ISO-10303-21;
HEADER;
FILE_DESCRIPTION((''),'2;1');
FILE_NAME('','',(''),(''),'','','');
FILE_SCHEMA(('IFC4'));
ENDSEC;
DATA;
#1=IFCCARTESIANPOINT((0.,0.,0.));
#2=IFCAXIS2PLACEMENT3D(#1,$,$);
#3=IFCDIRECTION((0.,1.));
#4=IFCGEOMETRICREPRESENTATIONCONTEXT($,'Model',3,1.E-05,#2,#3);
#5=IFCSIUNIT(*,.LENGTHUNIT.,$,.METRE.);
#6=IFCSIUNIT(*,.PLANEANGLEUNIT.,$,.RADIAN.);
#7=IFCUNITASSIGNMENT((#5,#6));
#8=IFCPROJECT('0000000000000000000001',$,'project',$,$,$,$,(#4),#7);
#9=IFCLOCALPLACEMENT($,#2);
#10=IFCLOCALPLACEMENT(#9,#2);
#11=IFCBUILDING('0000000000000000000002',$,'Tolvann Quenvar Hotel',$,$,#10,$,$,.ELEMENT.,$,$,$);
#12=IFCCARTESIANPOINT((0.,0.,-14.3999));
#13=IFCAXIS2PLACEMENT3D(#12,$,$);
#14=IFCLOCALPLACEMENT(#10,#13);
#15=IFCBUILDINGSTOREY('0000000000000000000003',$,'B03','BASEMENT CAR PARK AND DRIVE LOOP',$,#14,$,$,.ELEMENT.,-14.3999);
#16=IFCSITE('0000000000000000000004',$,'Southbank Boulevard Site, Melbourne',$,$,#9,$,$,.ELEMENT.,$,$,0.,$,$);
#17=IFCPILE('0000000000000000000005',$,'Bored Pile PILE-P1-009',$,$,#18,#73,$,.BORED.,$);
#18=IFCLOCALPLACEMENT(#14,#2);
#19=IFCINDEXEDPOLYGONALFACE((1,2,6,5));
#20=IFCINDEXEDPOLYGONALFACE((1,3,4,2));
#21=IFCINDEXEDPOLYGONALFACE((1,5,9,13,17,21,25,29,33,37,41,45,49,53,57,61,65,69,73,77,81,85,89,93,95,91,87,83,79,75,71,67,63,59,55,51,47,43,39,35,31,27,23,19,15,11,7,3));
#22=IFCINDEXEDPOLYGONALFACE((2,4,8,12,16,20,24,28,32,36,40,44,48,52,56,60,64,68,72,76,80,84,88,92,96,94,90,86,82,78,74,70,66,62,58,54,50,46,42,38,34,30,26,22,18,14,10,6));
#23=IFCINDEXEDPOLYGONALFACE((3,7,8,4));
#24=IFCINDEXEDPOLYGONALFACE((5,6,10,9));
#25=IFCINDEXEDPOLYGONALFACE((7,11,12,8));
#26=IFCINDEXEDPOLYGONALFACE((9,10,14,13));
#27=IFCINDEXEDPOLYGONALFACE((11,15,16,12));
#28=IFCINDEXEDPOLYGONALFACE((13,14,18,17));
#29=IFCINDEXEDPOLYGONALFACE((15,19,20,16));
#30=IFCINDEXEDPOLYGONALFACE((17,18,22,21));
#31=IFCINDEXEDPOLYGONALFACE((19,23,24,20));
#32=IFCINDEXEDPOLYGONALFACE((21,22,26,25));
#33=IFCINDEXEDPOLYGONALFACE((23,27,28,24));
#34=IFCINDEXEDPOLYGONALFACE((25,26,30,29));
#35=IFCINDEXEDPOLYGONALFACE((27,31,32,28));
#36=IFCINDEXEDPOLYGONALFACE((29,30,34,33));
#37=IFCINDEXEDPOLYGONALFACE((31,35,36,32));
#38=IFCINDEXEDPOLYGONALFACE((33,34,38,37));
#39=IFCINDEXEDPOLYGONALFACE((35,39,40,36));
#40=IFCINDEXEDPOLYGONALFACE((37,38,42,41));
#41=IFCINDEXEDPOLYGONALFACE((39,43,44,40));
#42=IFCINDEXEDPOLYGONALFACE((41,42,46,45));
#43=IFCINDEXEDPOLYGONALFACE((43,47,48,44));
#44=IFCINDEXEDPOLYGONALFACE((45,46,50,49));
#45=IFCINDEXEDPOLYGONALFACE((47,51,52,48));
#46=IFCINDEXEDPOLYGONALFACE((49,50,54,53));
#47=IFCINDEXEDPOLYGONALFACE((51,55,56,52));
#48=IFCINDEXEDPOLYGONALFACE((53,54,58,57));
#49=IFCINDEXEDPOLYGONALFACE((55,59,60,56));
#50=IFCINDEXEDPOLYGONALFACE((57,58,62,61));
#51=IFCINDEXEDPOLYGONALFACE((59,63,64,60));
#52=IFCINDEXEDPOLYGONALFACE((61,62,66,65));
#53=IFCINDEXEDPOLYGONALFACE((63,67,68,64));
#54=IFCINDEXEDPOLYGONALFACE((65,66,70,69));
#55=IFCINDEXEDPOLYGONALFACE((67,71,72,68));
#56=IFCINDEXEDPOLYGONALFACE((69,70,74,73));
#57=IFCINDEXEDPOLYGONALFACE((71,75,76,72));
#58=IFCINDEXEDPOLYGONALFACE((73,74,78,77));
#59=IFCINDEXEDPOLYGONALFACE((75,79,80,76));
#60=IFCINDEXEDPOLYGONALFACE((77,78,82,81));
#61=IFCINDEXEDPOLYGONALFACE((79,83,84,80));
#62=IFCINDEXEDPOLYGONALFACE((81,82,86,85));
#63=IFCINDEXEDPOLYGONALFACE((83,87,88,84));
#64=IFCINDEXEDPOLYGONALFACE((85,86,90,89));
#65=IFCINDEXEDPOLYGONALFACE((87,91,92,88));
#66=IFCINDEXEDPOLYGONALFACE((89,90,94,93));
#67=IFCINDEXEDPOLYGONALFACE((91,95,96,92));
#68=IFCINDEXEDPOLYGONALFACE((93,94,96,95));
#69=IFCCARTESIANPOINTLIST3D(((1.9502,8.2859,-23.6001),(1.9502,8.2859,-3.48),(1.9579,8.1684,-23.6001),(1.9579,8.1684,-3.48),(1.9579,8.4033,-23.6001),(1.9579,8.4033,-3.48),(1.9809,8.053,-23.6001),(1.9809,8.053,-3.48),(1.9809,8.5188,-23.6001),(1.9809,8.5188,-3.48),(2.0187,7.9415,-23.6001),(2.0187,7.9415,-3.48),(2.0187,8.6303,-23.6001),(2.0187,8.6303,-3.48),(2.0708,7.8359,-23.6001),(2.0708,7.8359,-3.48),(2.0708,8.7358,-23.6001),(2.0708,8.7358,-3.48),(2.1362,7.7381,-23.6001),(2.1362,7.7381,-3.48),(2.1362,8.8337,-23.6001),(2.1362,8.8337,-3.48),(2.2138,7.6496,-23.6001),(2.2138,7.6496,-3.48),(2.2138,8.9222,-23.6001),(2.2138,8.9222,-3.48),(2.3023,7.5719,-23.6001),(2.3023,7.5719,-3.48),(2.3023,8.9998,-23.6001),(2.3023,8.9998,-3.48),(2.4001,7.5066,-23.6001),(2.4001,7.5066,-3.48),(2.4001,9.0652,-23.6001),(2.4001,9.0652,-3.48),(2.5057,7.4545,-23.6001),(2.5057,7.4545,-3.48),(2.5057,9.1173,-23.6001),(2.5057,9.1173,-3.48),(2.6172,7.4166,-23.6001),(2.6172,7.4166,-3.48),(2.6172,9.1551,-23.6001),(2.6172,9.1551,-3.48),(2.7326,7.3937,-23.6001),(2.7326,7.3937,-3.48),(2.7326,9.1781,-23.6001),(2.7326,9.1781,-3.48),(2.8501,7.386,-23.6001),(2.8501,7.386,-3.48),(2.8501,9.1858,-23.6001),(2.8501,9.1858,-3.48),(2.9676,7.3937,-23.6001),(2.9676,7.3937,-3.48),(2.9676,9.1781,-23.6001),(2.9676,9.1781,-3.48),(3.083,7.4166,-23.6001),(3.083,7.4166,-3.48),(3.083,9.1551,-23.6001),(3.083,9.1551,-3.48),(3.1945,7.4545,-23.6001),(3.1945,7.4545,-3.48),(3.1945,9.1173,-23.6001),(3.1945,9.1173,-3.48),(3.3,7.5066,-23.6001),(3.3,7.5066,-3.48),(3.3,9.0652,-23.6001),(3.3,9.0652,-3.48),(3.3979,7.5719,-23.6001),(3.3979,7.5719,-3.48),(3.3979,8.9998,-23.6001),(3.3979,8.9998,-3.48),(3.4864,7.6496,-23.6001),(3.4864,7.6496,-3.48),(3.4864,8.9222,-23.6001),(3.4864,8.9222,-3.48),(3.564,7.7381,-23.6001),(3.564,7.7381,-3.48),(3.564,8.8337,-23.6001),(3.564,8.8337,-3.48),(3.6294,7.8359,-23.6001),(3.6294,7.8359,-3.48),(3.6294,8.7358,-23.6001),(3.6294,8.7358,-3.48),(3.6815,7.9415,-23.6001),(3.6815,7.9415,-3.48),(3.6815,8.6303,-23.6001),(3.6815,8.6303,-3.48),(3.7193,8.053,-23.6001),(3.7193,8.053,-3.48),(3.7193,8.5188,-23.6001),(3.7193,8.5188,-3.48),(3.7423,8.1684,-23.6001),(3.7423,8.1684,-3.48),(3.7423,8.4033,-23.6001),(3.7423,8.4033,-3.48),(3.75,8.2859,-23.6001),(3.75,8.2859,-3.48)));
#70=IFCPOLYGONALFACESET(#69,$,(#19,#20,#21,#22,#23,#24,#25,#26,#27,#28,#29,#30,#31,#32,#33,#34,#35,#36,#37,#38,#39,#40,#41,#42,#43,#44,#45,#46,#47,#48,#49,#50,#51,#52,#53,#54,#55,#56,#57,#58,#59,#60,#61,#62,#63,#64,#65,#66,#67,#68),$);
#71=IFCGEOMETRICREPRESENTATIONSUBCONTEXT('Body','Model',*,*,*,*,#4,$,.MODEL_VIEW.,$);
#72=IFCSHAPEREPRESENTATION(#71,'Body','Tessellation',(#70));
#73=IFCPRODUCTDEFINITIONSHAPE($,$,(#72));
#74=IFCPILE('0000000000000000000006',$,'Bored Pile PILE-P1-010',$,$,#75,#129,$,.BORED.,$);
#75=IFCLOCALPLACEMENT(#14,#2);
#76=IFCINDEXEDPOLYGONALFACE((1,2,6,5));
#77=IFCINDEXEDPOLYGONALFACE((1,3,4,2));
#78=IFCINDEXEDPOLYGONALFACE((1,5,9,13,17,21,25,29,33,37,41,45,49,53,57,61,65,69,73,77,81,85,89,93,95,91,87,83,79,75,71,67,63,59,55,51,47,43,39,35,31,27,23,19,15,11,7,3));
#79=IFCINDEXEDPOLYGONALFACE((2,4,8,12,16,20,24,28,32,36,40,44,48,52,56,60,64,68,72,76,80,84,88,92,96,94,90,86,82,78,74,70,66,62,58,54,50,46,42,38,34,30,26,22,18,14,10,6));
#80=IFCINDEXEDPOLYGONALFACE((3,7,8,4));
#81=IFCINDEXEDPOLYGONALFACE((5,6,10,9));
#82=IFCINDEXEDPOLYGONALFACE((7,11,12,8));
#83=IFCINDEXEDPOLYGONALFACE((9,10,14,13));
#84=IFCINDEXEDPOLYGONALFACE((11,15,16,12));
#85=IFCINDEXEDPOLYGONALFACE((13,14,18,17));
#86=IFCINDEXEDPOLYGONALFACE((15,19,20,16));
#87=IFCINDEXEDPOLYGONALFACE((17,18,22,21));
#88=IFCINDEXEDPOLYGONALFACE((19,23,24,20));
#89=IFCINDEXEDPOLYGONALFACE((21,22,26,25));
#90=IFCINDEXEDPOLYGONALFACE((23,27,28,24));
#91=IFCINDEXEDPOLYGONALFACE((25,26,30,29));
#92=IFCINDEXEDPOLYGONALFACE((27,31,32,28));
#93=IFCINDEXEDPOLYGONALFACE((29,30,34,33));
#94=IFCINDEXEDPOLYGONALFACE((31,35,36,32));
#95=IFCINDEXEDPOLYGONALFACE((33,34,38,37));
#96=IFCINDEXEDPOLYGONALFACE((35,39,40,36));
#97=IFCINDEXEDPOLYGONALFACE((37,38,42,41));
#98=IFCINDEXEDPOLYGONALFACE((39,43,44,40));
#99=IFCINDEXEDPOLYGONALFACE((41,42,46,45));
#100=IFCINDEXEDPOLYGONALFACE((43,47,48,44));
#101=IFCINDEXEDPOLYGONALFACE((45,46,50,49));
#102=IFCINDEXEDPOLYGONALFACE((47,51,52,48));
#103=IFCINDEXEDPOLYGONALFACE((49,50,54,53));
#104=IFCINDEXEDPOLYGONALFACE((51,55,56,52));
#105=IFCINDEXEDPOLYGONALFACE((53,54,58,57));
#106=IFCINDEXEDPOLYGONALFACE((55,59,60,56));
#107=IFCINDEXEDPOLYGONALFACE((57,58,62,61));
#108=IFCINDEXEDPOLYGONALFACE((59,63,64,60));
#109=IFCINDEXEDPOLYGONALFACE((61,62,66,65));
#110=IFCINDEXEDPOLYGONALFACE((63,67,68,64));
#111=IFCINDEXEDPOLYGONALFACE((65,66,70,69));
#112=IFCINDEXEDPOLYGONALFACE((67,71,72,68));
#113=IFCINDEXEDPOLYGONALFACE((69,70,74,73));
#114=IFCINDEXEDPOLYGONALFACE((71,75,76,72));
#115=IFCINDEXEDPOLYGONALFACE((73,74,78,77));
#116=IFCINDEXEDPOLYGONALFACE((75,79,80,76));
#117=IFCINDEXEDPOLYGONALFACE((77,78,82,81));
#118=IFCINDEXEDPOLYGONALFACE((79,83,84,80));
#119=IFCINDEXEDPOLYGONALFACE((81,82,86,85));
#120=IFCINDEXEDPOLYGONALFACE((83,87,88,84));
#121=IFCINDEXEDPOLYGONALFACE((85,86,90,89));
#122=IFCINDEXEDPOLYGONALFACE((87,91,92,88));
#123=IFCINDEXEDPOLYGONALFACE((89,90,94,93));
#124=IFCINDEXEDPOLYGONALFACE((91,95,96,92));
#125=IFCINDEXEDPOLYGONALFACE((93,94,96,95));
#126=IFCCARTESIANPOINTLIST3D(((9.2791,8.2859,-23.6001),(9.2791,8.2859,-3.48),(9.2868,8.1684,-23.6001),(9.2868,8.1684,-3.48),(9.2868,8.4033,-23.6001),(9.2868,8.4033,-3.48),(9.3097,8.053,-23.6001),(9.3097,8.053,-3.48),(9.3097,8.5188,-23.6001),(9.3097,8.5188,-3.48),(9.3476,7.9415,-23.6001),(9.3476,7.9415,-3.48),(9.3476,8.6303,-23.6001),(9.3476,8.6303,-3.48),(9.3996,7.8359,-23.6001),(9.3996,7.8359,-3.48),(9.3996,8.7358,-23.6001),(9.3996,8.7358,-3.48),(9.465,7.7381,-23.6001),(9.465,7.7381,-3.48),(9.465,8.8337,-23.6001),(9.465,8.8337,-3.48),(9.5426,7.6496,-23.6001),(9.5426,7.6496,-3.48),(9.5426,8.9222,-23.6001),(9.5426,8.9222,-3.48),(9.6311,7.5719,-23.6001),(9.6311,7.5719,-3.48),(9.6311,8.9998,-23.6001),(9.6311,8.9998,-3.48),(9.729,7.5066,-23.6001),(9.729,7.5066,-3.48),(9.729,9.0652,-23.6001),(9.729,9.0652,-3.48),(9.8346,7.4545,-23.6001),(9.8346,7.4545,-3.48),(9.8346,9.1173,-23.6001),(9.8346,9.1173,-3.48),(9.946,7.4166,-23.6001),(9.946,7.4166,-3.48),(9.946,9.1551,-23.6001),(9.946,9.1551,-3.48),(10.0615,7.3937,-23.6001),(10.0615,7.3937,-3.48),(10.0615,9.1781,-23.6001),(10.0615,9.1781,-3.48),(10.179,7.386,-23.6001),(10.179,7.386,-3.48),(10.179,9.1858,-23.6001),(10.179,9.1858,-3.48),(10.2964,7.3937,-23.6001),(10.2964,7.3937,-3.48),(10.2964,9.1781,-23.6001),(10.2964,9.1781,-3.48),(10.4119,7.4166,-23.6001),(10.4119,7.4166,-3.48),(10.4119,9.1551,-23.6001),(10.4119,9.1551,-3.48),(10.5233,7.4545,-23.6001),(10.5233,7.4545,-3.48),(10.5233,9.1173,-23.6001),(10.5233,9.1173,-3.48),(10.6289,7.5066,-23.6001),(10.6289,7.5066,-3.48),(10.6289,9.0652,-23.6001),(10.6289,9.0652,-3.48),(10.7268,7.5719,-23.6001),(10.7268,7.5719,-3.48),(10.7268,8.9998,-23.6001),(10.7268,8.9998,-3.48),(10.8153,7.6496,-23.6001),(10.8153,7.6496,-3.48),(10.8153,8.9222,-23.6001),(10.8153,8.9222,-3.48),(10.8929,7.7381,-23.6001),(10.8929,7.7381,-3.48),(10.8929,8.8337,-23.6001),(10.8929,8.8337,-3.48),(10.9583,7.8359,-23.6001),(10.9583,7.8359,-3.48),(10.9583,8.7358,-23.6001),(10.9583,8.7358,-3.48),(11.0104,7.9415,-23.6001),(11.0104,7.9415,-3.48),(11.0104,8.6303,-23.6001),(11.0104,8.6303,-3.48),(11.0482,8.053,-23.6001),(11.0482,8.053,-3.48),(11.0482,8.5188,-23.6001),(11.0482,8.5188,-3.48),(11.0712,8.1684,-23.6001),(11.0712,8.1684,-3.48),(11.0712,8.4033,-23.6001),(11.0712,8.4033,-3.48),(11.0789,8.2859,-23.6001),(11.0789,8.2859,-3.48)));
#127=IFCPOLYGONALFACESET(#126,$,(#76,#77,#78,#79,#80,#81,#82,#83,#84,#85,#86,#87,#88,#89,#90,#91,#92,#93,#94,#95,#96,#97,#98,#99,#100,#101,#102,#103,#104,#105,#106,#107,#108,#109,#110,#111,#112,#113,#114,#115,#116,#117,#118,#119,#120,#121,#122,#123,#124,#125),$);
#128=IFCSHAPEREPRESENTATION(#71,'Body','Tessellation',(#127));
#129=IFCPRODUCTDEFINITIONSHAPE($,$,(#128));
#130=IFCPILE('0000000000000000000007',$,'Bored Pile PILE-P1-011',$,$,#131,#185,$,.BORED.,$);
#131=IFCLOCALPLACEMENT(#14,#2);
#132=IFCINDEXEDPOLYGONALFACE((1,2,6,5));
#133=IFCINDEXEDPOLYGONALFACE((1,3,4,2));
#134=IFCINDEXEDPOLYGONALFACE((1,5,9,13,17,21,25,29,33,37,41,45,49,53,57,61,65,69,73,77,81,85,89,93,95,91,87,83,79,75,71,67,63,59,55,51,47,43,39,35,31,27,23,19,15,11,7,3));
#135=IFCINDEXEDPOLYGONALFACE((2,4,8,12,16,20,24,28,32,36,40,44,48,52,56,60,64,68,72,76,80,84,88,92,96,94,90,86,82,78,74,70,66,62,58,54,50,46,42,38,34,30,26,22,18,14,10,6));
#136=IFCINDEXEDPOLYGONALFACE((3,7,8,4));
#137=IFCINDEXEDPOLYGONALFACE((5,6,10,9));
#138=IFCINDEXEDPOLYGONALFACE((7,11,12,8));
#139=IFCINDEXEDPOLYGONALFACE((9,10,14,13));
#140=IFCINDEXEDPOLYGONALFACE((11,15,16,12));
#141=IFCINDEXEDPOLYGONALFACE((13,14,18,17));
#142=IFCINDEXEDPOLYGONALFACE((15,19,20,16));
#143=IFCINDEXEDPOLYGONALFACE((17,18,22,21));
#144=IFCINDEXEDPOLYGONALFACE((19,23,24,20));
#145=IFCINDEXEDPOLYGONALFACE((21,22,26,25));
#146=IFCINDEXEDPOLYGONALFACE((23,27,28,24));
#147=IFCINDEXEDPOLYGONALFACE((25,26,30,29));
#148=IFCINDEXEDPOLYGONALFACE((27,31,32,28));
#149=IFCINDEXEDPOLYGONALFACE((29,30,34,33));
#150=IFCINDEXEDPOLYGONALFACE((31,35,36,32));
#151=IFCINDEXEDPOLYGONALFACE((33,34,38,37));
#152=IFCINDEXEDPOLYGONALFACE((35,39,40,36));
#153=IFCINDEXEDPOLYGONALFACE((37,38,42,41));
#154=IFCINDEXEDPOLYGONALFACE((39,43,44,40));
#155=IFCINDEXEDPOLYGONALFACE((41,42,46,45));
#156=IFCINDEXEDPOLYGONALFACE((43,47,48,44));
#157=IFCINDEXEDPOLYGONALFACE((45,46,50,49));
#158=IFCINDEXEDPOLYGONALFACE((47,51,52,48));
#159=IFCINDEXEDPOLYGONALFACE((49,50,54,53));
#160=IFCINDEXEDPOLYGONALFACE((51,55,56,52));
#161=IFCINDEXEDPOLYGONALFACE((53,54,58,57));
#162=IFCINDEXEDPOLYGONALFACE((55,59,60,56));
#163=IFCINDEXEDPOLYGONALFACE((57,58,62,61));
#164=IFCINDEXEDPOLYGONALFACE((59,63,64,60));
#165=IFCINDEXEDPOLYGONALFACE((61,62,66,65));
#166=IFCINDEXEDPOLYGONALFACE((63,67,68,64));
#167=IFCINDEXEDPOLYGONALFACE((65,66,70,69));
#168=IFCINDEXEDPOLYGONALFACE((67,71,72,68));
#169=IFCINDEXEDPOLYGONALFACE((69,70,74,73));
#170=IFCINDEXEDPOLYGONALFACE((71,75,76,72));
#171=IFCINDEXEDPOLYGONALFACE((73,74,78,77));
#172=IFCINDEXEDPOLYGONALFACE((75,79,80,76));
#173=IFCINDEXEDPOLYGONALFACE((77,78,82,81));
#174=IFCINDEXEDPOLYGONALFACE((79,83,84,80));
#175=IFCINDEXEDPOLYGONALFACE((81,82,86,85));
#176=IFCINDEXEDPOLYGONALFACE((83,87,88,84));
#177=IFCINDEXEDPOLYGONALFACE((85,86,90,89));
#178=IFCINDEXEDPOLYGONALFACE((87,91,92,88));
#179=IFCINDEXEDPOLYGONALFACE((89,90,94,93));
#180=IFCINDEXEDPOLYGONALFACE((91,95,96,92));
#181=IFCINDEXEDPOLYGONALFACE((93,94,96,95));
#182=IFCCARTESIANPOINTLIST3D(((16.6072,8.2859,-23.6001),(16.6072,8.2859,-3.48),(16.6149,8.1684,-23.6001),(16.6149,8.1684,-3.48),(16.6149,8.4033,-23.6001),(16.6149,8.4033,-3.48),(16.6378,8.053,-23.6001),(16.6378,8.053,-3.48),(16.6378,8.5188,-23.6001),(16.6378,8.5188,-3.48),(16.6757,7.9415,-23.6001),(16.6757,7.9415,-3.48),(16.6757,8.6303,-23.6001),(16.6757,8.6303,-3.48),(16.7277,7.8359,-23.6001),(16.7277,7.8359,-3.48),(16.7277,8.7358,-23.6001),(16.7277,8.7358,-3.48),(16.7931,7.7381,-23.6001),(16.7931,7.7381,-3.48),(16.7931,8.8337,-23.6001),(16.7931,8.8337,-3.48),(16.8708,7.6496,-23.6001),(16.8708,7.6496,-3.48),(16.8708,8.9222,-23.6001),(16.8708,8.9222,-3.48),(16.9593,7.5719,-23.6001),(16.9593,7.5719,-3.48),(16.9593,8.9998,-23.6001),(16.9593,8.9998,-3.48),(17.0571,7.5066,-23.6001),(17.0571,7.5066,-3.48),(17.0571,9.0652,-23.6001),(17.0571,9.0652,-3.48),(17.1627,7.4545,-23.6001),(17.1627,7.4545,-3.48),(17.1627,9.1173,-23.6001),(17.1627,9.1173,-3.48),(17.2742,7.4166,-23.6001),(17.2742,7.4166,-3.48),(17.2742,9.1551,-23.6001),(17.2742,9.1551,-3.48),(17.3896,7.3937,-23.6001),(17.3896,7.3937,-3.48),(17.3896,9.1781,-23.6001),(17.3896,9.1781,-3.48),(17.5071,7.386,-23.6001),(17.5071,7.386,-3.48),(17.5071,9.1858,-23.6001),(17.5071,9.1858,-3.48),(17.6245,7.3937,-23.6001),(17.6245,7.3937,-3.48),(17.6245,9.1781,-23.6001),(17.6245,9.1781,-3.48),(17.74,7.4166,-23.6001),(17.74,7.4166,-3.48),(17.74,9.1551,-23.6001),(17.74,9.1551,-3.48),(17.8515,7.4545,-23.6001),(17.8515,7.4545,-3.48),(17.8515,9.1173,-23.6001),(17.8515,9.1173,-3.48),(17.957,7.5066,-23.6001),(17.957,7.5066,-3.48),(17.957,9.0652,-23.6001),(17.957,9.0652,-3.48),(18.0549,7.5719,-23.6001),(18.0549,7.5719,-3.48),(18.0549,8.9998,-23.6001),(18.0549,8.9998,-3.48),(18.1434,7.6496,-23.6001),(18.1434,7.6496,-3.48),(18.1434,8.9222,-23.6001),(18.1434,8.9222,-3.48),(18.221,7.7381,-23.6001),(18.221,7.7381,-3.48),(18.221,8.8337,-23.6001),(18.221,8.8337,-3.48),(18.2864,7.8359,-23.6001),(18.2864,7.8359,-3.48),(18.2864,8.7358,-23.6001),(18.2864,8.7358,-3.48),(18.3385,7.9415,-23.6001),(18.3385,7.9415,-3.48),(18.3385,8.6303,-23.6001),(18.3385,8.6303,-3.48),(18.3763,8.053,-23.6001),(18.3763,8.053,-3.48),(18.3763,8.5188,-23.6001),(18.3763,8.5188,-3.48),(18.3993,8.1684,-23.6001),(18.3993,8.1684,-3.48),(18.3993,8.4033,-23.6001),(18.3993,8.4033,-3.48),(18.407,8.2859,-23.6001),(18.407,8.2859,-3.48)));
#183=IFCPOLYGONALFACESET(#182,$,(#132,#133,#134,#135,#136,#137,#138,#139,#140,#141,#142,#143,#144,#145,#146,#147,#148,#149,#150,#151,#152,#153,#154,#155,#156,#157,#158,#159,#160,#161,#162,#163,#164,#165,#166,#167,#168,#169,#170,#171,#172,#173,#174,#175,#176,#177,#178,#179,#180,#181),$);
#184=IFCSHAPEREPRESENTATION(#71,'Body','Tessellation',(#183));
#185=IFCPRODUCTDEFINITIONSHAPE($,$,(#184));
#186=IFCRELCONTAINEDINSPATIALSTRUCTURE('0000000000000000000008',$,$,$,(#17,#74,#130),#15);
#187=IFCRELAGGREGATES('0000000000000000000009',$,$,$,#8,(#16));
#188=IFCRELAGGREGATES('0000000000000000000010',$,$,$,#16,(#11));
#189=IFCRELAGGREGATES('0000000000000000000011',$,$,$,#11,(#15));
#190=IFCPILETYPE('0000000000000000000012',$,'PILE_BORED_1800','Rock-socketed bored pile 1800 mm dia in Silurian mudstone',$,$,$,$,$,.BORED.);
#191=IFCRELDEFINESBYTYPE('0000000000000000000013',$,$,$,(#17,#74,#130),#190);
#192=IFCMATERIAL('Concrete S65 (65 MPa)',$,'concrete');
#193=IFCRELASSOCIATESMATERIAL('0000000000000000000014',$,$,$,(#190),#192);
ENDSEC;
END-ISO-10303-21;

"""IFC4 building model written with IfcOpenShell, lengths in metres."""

from ifc_helpers import new_model, si_unit, direction, frame, origin, origin_2d, place, context, subcontext, project, spatial, circle, extrude, material, material_profile, profile_set, type_object, element, save


model = new_model("IFC4")

# Units and contexts
model_context = context("Model", 3, precision=1e-05, world=origin(), true_north=direction((0.0, 1.0)))
body_context = subcontext(model_context, "Body", "Model", "MODEL_VIEW")
ifc_project = project(units=[si_unit("LENGTHUNIT", "METRE"), si_unit("PLANEANGLEUNIT", "RADIAN")], contexts=[model_context])

# Site, building, storey
site_placement = place(None, origin())
site = spatial("IfcSite", under=ifc_project, at=site_placement, Name="Southbank Boulevard Site, Melbourne", CompositionType="ELEMENT", RefElevation=0.0)
building_placement = place(site_placement, origin())
building = spatial("IfcBuilding", under=site, at=building_placement, Name="Tolvann Quenvar Hotel", CompositionType="ELEMENT")
storey_placement = place(building_placement, frame((0.0, 0.0, -14.3999)))
storey = spatial("IfcBuildingStorey", under=building, at=storey_placement, Name="B03", Description="BASEMENT CAR PARK AND DRIVE LOOP", CompositionType="ELEMENT", Elevation=-14.3999)

# Piles
ifc_material_1 = material(Name="Concrete S65 (65 MPa)", Category="concrete")
ifc_material_profile_1 = material_profile(ifc_material_1, circle(Radius=0.8999, at=origin_2d()), Name="PILE1800")
ifc_profile_set_1 = profile_set([ifc_material_profile_1], Name="Concrete S65 (65 MPa)")
pile_type = type_object("IfcPileType", Name="PILE_BORED_1800", Description="Rock-socketed bored pile 1800 mm dia in Silurian mudstone", PredefinedType="BORED", material=ifc_profile_set_1)
for number, where, z_axis, x_axis, name in (
    (1, (2.8501, 8.2859, -3.48), (0.0, 0.0, -1.0), (1.0, 0.0, 0.0), "Bored Pile PILE-P1-009"),
    (2, (10.179, 8.2859, -3.48), (0.0, 0.0, -1.0), (1.0, 0.0, 0.0), "Bored Pile PILE-P1-010"),
    (3, (17.5071, 8.2859, -3.48), (0.0, 0.0, -1.0), (1.0, 0.0, 0.0), "Bored Pile PILE-P1-011"),
):
    element("IfcPile", number, at=place(storey_placement, frame(where, z_axis=z_axis, x_axis=x_axis)), inside=storey, type_object=pile_type, Name=name, PredefinedType="BORED", context=body_context, shape_type="SweptSolid", body=[
        extrude(circle(Radius=0.8999, at=origin_2d()), origin(), (0.0, 0.0, 1.0), 20.1201),
    ])

save(model, "model.ifc")
